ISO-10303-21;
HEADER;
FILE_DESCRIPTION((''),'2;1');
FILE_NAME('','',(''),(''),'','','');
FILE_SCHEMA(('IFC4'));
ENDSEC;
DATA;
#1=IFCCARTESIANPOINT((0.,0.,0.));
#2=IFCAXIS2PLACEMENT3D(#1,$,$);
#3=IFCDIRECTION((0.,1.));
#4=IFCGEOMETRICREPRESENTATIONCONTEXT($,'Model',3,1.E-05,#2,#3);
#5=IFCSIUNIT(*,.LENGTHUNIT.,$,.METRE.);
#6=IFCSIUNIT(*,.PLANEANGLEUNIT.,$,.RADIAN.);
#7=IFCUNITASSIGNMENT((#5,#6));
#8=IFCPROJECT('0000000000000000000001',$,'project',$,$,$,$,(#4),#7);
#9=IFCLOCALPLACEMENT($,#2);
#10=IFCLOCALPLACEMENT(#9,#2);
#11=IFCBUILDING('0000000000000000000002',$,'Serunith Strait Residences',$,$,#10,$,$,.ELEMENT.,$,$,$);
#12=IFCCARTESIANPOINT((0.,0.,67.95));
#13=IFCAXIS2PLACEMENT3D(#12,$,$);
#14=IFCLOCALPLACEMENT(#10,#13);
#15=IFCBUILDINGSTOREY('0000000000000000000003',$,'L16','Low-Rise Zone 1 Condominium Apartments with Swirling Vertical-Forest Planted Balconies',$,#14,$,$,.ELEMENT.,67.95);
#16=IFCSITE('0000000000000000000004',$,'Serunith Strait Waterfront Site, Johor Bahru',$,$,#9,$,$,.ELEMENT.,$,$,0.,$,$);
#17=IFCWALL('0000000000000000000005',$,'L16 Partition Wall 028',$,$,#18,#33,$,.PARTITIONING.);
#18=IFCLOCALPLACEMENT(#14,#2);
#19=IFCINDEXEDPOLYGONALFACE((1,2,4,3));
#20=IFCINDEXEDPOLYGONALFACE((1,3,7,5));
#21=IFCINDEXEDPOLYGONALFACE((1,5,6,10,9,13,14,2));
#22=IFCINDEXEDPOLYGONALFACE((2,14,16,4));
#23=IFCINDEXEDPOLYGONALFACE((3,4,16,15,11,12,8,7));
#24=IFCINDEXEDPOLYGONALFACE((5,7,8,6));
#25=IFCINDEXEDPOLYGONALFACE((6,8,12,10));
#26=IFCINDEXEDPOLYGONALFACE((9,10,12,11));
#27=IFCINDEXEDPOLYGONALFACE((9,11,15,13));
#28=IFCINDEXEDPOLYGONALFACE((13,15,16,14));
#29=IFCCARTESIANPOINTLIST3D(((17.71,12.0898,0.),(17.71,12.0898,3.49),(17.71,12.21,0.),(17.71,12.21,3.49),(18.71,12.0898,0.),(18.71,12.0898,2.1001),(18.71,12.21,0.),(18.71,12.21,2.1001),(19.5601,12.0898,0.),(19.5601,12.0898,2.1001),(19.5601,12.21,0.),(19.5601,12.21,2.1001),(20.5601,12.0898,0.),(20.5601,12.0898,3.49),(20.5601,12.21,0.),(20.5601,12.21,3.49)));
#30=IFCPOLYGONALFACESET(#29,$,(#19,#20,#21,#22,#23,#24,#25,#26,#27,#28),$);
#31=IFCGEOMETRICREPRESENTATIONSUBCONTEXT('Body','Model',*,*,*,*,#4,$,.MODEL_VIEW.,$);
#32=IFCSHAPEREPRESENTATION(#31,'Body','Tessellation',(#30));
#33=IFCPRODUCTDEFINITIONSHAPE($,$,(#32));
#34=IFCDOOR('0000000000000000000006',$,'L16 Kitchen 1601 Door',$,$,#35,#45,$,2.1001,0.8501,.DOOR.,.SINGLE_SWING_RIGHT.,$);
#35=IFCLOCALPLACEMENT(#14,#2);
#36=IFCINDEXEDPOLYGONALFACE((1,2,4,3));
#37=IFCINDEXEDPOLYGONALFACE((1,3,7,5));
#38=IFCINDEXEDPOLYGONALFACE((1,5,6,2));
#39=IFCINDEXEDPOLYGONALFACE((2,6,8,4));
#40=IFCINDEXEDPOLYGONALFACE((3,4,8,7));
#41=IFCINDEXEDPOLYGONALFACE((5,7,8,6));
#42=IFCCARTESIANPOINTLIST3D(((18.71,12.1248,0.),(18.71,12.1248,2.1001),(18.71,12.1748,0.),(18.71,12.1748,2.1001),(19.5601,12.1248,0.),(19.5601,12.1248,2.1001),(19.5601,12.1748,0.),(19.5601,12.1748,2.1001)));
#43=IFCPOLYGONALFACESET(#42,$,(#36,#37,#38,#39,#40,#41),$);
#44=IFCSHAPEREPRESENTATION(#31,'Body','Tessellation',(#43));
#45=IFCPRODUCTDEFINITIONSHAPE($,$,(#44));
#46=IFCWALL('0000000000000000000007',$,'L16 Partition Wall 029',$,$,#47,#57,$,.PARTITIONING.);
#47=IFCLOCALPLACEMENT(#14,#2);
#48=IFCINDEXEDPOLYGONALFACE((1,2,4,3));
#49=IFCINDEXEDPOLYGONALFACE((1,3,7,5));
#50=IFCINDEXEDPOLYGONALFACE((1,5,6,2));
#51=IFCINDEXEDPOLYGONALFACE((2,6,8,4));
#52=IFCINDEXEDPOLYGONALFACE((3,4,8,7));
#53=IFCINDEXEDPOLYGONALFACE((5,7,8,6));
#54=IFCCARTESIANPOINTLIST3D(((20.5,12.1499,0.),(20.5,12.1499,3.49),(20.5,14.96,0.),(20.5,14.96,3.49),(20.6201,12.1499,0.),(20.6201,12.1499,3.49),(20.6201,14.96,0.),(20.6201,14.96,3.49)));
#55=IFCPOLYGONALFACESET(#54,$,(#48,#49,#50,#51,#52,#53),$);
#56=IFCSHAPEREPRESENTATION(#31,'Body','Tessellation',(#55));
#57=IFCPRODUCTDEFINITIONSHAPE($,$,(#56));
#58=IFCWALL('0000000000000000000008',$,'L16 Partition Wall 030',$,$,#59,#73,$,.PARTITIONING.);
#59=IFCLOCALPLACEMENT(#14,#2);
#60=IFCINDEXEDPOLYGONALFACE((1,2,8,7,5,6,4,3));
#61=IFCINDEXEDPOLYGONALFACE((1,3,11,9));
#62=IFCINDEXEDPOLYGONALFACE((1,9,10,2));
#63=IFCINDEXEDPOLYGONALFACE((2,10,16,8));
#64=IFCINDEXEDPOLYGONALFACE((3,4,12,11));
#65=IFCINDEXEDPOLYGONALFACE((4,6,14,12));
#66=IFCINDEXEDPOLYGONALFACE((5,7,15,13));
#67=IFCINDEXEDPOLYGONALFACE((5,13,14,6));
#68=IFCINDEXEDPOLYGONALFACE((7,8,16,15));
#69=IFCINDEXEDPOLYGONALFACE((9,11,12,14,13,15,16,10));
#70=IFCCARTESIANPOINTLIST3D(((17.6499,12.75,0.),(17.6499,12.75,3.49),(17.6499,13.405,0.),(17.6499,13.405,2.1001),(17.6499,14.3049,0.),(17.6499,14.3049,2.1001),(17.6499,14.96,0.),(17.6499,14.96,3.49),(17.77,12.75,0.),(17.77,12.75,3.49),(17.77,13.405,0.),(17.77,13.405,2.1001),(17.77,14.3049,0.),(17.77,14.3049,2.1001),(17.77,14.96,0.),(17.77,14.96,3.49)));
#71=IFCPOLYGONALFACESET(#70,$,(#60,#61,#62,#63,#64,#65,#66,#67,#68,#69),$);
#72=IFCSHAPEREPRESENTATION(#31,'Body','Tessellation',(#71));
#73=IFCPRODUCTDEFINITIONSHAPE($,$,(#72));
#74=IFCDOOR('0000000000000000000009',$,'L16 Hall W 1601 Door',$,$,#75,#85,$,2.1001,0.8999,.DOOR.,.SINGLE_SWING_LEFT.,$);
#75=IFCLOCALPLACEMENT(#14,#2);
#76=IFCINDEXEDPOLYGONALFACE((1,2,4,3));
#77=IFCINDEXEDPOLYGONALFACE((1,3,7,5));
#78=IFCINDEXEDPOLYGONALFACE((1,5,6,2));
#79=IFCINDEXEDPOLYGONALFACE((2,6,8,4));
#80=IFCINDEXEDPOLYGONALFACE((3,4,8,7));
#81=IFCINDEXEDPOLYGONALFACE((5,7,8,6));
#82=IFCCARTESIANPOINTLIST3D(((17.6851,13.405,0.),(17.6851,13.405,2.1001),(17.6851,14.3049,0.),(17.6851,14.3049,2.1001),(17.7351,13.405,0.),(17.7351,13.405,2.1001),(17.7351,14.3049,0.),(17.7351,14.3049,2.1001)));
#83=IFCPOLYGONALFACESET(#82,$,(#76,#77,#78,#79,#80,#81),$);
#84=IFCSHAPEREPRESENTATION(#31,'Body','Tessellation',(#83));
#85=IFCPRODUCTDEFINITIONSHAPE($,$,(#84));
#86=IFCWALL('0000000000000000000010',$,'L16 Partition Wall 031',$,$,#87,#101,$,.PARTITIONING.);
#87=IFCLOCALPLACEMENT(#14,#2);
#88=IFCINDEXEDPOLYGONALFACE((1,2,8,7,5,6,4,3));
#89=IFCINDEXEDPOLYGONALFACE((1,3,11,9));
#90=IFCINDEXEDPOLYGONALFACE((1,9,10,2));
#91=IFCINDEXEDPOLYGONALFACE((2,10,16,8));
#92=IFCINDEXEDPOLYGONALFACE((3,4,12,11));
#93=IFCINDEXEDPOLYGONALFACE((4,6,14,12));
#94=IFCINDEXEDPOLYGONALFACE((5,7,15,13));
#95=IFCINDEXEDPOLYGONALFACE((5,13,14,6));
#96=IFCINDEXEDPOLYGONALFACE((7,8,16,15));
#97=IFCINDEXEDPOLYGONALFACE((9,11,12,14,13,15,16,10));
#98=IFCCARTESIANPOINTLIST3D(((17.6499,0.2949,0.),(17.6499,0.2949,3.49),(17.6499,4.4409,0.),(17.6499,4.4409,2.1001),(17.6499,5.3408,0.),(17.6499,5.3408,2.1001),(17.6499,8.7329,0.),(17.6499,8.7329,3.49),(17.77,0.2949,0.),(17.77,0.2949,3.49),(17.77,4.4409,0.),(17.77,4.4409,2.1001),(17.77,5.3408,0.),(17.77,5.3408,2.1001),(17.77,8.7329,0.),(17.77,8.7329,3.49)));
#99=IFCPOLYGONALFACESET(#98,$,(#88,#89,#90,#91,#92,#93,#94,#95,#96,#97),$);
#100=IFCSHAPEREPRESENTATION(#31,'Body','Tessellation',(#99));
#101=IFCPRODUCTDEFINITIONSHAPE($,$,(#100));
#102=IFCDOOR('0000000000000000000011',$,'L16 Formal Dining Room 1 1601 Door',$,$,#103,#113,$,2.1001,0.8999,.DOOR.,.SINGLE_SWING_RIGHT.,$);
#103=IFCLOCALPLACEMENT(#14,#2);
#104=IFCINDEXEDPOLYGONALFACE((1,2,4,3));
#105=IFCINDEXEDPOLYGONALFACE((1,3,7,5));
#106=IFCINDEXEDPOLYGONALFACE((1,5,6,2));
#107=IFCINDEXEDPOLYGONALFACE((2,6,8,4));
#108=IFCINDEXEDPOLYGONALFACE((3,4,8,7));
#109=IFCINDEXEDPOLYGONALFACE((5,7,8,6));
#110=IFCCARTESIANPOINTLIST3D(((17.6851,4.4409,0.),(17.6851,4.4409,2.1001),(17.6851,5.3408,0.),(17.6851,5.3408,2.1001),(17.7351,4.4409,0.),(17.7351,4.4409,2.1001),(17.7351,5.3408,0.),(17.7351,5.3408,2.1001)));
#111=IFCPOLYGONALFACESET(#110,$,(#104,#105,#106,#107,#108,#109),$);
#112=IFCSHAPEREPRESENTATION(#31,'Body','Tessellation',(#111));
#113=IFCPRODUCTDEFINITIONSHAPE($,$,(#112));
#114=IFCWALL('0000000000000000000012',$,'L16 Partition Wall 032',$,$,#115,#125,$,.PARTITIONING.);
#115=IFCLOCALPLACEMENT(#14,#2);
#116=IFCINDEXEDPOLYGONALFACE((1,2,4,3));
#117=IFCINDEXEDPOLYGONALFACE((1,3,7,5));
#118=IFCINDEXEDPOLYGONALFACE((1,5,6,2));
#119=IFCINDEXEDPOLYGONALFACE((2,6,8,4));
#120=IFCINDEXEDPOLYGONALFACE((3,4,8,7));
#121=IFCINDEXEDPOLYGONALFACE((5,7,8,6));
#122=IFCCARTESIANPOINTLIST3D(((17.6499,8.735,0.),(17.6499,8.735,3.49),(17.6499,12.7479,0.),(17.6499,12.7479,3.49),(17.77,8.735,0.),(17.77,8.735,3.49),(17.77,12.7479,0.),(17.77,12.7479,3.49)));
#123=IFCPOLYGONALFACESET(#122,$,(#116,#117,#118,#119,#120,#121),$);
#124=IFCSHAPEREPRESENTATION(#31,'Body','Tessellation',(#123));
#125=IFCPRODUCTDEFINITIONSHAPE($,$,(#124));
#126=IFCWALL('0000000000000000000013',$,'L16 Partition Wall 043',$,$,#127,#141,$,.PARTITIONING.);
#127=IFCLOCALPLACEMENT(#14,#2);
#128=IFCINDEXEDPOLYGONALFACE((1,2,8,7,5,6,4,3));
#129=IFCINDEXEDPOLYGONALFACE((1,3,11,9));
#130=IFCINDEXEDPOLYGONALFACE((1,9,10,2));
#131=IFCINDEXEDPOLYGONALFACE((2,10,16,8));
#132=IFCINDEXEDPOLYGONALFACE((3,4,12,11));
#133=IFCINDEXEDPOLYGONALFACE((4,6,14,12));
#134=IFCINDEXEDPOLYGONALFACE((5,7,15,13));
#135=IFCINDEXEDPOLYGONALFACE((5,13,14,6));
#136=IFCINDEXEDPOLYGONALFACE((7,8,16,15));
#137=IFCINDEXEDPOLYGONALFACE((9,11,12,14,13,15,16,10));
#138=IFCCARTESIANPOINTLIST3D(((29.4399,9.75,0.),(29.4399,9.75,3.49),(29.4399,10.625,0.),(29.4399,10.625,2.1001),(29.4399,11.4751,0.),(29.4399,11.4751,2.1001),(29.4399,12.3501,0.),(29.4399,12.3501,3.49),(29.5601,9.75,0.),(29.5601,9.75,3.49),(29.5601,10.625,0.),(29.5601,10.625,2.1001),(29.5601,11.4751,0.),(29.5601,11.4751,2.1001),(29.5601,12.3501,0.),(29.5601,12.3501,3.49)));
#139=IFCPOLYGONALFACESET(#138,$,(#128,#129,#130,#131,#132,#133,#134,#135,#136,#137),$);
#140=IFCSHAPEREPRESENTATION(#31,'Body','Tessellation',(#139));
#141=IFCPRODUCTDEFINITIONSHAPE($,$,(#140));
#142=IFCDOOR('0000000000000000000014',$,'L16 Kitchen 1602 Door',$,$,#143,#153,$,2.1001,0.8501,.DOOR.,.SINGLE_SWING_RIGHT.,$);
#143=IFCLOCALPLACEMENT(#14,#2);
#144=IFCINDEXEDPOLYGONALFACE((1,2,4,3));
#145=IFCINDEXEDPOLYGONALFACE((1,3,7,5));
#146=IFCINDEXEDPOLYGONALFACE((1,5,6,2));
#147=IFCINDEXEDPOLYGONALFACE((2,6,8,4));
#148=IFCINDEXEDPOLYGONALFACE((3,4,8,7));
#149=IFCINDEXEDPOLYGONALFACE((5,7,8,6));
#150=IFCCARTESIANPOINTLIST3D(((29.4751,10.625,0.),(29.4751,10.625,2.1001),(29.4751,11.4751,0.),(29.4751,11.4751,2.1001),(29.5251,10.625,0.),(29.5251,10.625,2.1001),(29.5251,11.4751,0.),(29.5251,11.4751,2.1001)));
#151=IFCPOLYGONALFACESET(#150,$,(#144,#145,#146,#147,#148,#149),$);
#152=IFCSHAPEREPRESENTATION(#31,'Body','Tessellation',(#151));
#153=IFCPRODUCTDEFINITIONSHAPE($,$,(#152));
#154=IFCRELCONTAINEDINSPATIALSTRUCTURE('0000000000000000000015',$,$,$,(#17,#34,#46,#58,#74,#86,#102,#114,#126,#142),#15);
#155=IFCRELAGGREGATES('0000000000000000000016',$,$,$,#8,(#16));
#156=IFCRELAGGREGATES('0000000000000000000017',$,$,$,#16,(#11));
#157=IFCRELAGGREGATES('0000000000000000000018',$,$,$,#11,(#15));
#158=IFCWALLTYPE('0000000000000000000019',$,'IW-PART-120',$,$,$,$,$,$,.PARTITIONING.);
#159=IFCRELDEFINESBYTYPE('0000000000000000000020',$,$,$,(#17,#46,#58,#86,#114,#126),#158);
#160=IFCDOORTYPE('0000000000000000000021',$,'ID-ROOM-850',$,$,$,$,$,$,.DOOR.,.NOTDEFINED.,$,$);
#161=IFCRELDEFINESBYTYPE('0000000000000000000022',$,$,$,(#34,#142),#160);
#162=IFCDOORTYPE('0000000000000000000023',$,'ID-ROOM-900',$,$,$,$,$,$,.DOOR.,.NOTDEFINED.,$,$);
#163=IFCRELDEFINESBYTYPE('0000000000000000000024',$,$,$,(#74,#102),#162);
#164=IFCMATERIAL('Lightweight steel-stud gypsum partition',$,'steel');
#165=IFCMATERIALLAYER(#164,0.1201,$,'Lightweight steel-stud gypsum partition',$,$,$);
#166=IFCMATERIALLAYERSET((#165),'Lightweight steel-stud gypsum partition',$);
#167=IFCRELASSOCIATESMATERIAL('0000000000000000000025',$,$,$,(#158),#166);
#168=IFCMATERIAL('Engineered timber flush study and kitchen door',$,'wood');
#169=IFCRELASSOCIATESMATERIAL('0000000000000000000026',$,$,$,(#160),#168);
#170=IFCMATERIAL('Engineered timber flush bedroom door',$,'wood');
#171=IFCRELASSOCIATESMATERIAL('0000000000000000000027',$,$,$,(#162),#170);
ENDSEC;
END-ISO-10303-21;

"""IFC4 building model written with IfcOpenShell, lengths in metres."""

from ifc_helpers import new_model, si_unit, direction, frame, frame_2d, origin, place, context, subcontext, project, spatial, rectangle, extrude, source, transform, mapped, material, layer, layer_set, type_object, element, fill, save


model = new_model("IFC4")

# Units and contexts
model_context = context("Model", 3, precision=1e-05, world=origin(), true_north=direction((0.0, 1.0)))
body_context = subcontext(model_context, "Body", "Model", "MODEL_VIEW")
ifc_project = project(units=[si_unit("LENGTHUNIT", "METRE"), si_unit("PLANEANGLEUNIT", "RADIAN")], contexts=[model_context])

# Site, building, storey
site_placement = place(None, origin())
site = spatial("IfcSite", under=ifc_project, at=site_placement, Name="Serunith Strait Waterfront Site, Johor Bahru", CompositionType="ELEMENT", RefElevation=0.0)
building_placement = place(site_placement, origin())
building = spatial("IfcBuilding", under=site, at=building_placement, Name="Serunith Strait Residences", CompositionType="ELEMENT")
storey_placement = place(building_placement, frame((0.0, 0.0, 67.95)))
storey = spatial("IfcBuildingStorey", under=building, at=storey_placement, Name="L16", Description="Low-Rise Zone 1 Condominium Apartments with Swirling Vertical-Forest Planted Balconies", CompositionType="ELEMENT", Elevation=67.95)

# Wall, opening, door
ifc_material_1 = material(Name="Lightweight steel-stud gypsum partition", Category="steel")
ifc_layer_1 = layer(ifc_material_1, 0.1201, Name="Lightweight steel-stud gypsum partition")
ifc_layer_set_1 = layer_set([ifc_layer_1], Name="Lightweight steel-stud gypsum partition")
wall_type_1 = type_object("IfcWallType", Name="IW-PART-120", PredefinedType="PARTITIONING", material=ifc_layer_set_1)
wall_1_placement = place(storey_placement, frame((17.71, 12.1499, 0.0), z_axis=(0.0, 0.0, 1.0), x_axis=(1.0, 0.0, 0.0)))
wall_1 = element("IfcWall", 1, at=wall_1_placement, inside=storey, type_object=wall_type_1, Name="L16 Partition Wall 028", PredefinedType="PARTITIONING", context=body_context, shape_type="SweptSolid", body=[
    extrude(rectangle(XDim=2.8501, YDim=0.1201, at=frame_2d((1.425, 0.0))), origin(), (0.0, 0.0, 1.0), 3.49),
])
opening_1_placement = place(wall_1_placement, frame((1.0, 0.0, 0.0)))
opening_1 = element("IfcOpeningElement", 2, at=opening_1_placement, cuts=wall_1, PredefinedType="OPENING", context=body_context, shape_type="SweptSolid", body=[
    extrude(rectangle(XDim=0.8501, YDim=2.1001, at=frame_2d((0.425, 1.05))), frame((0.0, 0.0701, 0.0), z_axis=(0.0, -1.0, 0.0), x_axis=(1.0, 0.0, 0.0)), (0.0, 0.0, 1.0), 0.1401),
])
ifc_material_2 = material(Name="Engineered timber flush study and kitchen door", Category="wood")
door_type_1 = type_object("IfcDoorType", Name="ID-ROOM-850", OperationType="NOTDEFINED", PredefinedType="DOOR", material=ifc_material_2)
shared_shape_1 = source(origin(), body_context, "Body", "SweptSolid", [
    extrude(rectangle(XDim=0.8501, YDim=2.1001, at=frame_2d((0.425, 1.05))), frame((0.0, 0.0249, 0.0), z_axis=(0.0, -1.0, 0.0), x_axis=(1.0, 0.0, 0.0)), (0.0, 0.0, 1.0), 0.05),
])
door_1_placement = place(opening_1_placement, origin())
door_1 = element("IfcDoor", 3, at=door_1_placement, inside=storey, type_object=door_type_1, Name="L16 Kitchen 1601 Door", OperationType="SINGLE_SWING_RIGHT", OverallHeight=2.1001, OverallWidth=0.8501, PredefinedType="DOOR", context=body_context, shape_type="MappedRepresentation", body=[
    mapped(shared_shape_1, transform((0.0, 0.0, 0.0), scale=1.0)),
])
fill(opening_1, door_1)

# Wall
wall_2_placement = place(storey_placement, frame((20.5601, 12.1499, 0.0), z_axis=(0.0, 0.0, 1.0), x_axis=(0.0, 1.0, 0.0)))
element("IfcWall", 4, at=wall_2_placement, inside=storey, type_object=wall_type_1, Name="L16 Partition Wall 029", PredefinedType="PARTITIONING", context=body_context, shape_type="SweptSolid", body=[
    extrude(rectangle(XDim=2.8101, YDim=0.1201, at=frame_2d((1.405, 0.0))), origin(), (0.0, 0.0, 1.0), 3.49),
])

# Walls, openings, doors
wall_3_placement = place(storey_placement, frame((17.71, 12.75, 0.0), z_axis=(0.0, 0.0, 1.0), x_axis=(0.0, 1.0, 0.0)))
wall_3 = element("IfcWall", 5, at=wall_3_placement, inside=storey, type_object=wall_type_1, Name="L16 Partition Wall 030", PredefinedType="PARTITIONING", context=body_context, shape_type="SweptSolid", body=[
    extrude(rectangle(XDim=2.21, YDim=0.1201, at=frame_2d((1.105, 0.0))), origin(), (0.0, 0.0, 1.0), 3.49),
])
opening_2_placement = place(wall_3_placement, frame((0.655, 0.0, 0.0)))
opening_2 = element("IfcOpeningElement", 6, at=opening_2_placement, cuts=wall_3, PredefinedType="OPENING", context=body_context, shape_type="SweptSolid", body=[
    extrude(rectangle(XDim=0.8999, YDim=2.1001, at=frame_2d((0.45, 1.05))), frame((0.0, 0.0701, 0.0), z_axis=(0.0, -1.0, 0.0), x_axis=(1.0, 0.0, 0.0)), (0.0, 0.0, 1.0), 0.1401),
])
ifc_material_3 = material(Name="Engineered timber flush bedroom door", Category="wood")
door_type_2 = type_object("IfcDoorType", Name="ID-ROOM-900", OperationType="NOTDEFINED", PredefinedType="DOOR", material=ifc_material_3)
shared_shape_2 = source(origin(), body_context, "Body", "SweptSolid", [
    extrude(rectangle(XDim=0.8999, YDim=2.1001, at=frame_2d((0.45, 1.05))), frame((0.0, 0.0249, 0.0), z_axis=(0.0, -1.0, 0.0), x_axis=(1.0, 0.0, 0.0)), (0.0, 0.0, 1.0), 0.05),
])
door_2_placement = place(opening_2_placement, origin())
door_2 = element("IfcDoor", 7, at=door_2_placement, inside=storey, type_object=door_type_2, Name="L16 Hall W 1601 Door", OperationType="SINGLE_SWING_LEFT", OverallHeight=2.1001, OverallWidth=0.8999, PredefinedType="DOOR", context=body_context, shape_type="MappedRepresentation", body=[
    mapped(shared_shape_2, transform((0.0, 0.0, 0.0), scale=1.0)),
])
fill(opening_2, door_2)
wall_4_placement = place(storey_placement, frame((17.71, 0.2949, 0.0), z_axis=(0.0, 0.0, 1.0), x_axis=(0.0, 1.0, 0.0)))
wall_4 = element("IfcWall", 8, at=wall_4_placement, inside=storey, type_object=wall_type_1, Name="L16 Partition Wall 031", PredefinedType="PARTITIONING", context=body_context, shape_type="SweptSolid", body=[
    extrude(rectangle(XDim=8.438, YDim=0.1201, at=frame_2d((4.219, 0.0))), origin(), (0.0, 0.0, 1.0), 3.49),
])
opening_3_placement = place(wall_4_placement, frame((4.146, 0.0, 0.0)))
opening_3 = element("IfcOpeningElement", 9, at=opening_3_placement, cuts=wall_4, PredefinedType="OPENING", context=body_context, shape_type="SweptSolid", body=[
    extrude(rectangle(XDim=0.8999, YDim=2.1001, at=frame_2d((0.45, 1.05))), frame((0.0, 0.0701, 0.0), z_axis=(0.0, -1.0, 0.0), x_axis=(1.0, 0.0, 0.0)), (0.0, 0.0, 1.0), 0.1401),
])
door_3_placement = place(opening_3_placement, origin())
door_3 = element("IfcDoor", 10, at=door_3_placement, inside=storey, type_object=door_type_2, Name="L16 Formal Dining Room 1 1601 Door", OperationType="SINGLE_SWING_RIGHT", OverallHeight=2.1001, OverallWidth=0.8999, PredefinedType="DOOR", context=body_context, shape_type="MappedRepresentation", body=[
    mapped(shared_shape_2, transform((0.0, 0.0, 0.0), scale=1.0)),
])
fill(opening_3, door_3)

# Wall
wall_5_placement = place(storey_placement, frame((17.71, 8.7351, 0.0), z_axis=(0.0, 0.0, 1.0), x_axis=(0.0, 1.0, 0.0)))
element("IfcWall", 11, at=wall_5_placement, inside=storey, type_object=wall_type_1, Name="L16 Partition Wall 032", PredefinedType="PARTITIONING", context=body_context, shape_type="SweptSolid", body=[
    extrude(rectangle(XDim=4.0129, YDim=0.1201, at=frame_2d((2.0063, 0.0))), origin(), (0.0, 0.0, 1.0), 3.49),
])

# Wall, opening, door
wall_6_placement = place(storey_placement, frame((29.5, 9.75, 0.0), z_axis=(0.0, 0.0, 1.0), x_axis=(0.0, 1.0, 0.0)))
wall_6 = element("IfcWall", 12, at=wall_6_placement, inside=storey, type_object=wall_type_1, Name="L16 Partition Wall 043", PredefinedType="PARTITIONING", context=body_context, shape_type="SweptSolid", body=[
    extrude(rectangle(XDim=2.6001, YDim=0.1201, at=frame_2d((1.3, 0.0))), origin(), (0.0, 0.0, 1.0), 3.49),
])
opening_4_placement = place(wall_6_placement, frame((0.875, 0.0, 0.0)))
opening_4 = element("IfcOpeningElement", 13, at=opening_4_placement, cuts=wall_6, PredefinedType="OPENING", context=body_context, shape_type="SweptSolid", body=[
    extrude(rectangle(XDim=0.8501, YDim=2.1001, at=frame_2d((0.425, 1.05))), frame((0.0, 0.0701, 0.0), z_axis=(0.0, -1.0, 0.0), x_axis=(1.0, 0.0, 0.0)), (0.0, 0.0, 1.0), 0.1401),
])
door_4_placement = place(opening_4_placement, origin())
door_4 = element("IfcDoor", 14, at=door_4_placement, inside=storey, type_object=door_type_1, Name="L16 Kitchen 1602 Door", OperationType="SINGLE_SWING_RIGHT", OverallHeight=2.1001, OverallWidth=0.8501, PredefinedType="DOOR", context=body_context, shape_type="MappedRepresentation", body=[
    mapped(shared_shape_1, transform((0.0, 0.0, 0.0), scale=1.0)),
])
fill(opening_4, door_4)

save(model, "model.ifc")
